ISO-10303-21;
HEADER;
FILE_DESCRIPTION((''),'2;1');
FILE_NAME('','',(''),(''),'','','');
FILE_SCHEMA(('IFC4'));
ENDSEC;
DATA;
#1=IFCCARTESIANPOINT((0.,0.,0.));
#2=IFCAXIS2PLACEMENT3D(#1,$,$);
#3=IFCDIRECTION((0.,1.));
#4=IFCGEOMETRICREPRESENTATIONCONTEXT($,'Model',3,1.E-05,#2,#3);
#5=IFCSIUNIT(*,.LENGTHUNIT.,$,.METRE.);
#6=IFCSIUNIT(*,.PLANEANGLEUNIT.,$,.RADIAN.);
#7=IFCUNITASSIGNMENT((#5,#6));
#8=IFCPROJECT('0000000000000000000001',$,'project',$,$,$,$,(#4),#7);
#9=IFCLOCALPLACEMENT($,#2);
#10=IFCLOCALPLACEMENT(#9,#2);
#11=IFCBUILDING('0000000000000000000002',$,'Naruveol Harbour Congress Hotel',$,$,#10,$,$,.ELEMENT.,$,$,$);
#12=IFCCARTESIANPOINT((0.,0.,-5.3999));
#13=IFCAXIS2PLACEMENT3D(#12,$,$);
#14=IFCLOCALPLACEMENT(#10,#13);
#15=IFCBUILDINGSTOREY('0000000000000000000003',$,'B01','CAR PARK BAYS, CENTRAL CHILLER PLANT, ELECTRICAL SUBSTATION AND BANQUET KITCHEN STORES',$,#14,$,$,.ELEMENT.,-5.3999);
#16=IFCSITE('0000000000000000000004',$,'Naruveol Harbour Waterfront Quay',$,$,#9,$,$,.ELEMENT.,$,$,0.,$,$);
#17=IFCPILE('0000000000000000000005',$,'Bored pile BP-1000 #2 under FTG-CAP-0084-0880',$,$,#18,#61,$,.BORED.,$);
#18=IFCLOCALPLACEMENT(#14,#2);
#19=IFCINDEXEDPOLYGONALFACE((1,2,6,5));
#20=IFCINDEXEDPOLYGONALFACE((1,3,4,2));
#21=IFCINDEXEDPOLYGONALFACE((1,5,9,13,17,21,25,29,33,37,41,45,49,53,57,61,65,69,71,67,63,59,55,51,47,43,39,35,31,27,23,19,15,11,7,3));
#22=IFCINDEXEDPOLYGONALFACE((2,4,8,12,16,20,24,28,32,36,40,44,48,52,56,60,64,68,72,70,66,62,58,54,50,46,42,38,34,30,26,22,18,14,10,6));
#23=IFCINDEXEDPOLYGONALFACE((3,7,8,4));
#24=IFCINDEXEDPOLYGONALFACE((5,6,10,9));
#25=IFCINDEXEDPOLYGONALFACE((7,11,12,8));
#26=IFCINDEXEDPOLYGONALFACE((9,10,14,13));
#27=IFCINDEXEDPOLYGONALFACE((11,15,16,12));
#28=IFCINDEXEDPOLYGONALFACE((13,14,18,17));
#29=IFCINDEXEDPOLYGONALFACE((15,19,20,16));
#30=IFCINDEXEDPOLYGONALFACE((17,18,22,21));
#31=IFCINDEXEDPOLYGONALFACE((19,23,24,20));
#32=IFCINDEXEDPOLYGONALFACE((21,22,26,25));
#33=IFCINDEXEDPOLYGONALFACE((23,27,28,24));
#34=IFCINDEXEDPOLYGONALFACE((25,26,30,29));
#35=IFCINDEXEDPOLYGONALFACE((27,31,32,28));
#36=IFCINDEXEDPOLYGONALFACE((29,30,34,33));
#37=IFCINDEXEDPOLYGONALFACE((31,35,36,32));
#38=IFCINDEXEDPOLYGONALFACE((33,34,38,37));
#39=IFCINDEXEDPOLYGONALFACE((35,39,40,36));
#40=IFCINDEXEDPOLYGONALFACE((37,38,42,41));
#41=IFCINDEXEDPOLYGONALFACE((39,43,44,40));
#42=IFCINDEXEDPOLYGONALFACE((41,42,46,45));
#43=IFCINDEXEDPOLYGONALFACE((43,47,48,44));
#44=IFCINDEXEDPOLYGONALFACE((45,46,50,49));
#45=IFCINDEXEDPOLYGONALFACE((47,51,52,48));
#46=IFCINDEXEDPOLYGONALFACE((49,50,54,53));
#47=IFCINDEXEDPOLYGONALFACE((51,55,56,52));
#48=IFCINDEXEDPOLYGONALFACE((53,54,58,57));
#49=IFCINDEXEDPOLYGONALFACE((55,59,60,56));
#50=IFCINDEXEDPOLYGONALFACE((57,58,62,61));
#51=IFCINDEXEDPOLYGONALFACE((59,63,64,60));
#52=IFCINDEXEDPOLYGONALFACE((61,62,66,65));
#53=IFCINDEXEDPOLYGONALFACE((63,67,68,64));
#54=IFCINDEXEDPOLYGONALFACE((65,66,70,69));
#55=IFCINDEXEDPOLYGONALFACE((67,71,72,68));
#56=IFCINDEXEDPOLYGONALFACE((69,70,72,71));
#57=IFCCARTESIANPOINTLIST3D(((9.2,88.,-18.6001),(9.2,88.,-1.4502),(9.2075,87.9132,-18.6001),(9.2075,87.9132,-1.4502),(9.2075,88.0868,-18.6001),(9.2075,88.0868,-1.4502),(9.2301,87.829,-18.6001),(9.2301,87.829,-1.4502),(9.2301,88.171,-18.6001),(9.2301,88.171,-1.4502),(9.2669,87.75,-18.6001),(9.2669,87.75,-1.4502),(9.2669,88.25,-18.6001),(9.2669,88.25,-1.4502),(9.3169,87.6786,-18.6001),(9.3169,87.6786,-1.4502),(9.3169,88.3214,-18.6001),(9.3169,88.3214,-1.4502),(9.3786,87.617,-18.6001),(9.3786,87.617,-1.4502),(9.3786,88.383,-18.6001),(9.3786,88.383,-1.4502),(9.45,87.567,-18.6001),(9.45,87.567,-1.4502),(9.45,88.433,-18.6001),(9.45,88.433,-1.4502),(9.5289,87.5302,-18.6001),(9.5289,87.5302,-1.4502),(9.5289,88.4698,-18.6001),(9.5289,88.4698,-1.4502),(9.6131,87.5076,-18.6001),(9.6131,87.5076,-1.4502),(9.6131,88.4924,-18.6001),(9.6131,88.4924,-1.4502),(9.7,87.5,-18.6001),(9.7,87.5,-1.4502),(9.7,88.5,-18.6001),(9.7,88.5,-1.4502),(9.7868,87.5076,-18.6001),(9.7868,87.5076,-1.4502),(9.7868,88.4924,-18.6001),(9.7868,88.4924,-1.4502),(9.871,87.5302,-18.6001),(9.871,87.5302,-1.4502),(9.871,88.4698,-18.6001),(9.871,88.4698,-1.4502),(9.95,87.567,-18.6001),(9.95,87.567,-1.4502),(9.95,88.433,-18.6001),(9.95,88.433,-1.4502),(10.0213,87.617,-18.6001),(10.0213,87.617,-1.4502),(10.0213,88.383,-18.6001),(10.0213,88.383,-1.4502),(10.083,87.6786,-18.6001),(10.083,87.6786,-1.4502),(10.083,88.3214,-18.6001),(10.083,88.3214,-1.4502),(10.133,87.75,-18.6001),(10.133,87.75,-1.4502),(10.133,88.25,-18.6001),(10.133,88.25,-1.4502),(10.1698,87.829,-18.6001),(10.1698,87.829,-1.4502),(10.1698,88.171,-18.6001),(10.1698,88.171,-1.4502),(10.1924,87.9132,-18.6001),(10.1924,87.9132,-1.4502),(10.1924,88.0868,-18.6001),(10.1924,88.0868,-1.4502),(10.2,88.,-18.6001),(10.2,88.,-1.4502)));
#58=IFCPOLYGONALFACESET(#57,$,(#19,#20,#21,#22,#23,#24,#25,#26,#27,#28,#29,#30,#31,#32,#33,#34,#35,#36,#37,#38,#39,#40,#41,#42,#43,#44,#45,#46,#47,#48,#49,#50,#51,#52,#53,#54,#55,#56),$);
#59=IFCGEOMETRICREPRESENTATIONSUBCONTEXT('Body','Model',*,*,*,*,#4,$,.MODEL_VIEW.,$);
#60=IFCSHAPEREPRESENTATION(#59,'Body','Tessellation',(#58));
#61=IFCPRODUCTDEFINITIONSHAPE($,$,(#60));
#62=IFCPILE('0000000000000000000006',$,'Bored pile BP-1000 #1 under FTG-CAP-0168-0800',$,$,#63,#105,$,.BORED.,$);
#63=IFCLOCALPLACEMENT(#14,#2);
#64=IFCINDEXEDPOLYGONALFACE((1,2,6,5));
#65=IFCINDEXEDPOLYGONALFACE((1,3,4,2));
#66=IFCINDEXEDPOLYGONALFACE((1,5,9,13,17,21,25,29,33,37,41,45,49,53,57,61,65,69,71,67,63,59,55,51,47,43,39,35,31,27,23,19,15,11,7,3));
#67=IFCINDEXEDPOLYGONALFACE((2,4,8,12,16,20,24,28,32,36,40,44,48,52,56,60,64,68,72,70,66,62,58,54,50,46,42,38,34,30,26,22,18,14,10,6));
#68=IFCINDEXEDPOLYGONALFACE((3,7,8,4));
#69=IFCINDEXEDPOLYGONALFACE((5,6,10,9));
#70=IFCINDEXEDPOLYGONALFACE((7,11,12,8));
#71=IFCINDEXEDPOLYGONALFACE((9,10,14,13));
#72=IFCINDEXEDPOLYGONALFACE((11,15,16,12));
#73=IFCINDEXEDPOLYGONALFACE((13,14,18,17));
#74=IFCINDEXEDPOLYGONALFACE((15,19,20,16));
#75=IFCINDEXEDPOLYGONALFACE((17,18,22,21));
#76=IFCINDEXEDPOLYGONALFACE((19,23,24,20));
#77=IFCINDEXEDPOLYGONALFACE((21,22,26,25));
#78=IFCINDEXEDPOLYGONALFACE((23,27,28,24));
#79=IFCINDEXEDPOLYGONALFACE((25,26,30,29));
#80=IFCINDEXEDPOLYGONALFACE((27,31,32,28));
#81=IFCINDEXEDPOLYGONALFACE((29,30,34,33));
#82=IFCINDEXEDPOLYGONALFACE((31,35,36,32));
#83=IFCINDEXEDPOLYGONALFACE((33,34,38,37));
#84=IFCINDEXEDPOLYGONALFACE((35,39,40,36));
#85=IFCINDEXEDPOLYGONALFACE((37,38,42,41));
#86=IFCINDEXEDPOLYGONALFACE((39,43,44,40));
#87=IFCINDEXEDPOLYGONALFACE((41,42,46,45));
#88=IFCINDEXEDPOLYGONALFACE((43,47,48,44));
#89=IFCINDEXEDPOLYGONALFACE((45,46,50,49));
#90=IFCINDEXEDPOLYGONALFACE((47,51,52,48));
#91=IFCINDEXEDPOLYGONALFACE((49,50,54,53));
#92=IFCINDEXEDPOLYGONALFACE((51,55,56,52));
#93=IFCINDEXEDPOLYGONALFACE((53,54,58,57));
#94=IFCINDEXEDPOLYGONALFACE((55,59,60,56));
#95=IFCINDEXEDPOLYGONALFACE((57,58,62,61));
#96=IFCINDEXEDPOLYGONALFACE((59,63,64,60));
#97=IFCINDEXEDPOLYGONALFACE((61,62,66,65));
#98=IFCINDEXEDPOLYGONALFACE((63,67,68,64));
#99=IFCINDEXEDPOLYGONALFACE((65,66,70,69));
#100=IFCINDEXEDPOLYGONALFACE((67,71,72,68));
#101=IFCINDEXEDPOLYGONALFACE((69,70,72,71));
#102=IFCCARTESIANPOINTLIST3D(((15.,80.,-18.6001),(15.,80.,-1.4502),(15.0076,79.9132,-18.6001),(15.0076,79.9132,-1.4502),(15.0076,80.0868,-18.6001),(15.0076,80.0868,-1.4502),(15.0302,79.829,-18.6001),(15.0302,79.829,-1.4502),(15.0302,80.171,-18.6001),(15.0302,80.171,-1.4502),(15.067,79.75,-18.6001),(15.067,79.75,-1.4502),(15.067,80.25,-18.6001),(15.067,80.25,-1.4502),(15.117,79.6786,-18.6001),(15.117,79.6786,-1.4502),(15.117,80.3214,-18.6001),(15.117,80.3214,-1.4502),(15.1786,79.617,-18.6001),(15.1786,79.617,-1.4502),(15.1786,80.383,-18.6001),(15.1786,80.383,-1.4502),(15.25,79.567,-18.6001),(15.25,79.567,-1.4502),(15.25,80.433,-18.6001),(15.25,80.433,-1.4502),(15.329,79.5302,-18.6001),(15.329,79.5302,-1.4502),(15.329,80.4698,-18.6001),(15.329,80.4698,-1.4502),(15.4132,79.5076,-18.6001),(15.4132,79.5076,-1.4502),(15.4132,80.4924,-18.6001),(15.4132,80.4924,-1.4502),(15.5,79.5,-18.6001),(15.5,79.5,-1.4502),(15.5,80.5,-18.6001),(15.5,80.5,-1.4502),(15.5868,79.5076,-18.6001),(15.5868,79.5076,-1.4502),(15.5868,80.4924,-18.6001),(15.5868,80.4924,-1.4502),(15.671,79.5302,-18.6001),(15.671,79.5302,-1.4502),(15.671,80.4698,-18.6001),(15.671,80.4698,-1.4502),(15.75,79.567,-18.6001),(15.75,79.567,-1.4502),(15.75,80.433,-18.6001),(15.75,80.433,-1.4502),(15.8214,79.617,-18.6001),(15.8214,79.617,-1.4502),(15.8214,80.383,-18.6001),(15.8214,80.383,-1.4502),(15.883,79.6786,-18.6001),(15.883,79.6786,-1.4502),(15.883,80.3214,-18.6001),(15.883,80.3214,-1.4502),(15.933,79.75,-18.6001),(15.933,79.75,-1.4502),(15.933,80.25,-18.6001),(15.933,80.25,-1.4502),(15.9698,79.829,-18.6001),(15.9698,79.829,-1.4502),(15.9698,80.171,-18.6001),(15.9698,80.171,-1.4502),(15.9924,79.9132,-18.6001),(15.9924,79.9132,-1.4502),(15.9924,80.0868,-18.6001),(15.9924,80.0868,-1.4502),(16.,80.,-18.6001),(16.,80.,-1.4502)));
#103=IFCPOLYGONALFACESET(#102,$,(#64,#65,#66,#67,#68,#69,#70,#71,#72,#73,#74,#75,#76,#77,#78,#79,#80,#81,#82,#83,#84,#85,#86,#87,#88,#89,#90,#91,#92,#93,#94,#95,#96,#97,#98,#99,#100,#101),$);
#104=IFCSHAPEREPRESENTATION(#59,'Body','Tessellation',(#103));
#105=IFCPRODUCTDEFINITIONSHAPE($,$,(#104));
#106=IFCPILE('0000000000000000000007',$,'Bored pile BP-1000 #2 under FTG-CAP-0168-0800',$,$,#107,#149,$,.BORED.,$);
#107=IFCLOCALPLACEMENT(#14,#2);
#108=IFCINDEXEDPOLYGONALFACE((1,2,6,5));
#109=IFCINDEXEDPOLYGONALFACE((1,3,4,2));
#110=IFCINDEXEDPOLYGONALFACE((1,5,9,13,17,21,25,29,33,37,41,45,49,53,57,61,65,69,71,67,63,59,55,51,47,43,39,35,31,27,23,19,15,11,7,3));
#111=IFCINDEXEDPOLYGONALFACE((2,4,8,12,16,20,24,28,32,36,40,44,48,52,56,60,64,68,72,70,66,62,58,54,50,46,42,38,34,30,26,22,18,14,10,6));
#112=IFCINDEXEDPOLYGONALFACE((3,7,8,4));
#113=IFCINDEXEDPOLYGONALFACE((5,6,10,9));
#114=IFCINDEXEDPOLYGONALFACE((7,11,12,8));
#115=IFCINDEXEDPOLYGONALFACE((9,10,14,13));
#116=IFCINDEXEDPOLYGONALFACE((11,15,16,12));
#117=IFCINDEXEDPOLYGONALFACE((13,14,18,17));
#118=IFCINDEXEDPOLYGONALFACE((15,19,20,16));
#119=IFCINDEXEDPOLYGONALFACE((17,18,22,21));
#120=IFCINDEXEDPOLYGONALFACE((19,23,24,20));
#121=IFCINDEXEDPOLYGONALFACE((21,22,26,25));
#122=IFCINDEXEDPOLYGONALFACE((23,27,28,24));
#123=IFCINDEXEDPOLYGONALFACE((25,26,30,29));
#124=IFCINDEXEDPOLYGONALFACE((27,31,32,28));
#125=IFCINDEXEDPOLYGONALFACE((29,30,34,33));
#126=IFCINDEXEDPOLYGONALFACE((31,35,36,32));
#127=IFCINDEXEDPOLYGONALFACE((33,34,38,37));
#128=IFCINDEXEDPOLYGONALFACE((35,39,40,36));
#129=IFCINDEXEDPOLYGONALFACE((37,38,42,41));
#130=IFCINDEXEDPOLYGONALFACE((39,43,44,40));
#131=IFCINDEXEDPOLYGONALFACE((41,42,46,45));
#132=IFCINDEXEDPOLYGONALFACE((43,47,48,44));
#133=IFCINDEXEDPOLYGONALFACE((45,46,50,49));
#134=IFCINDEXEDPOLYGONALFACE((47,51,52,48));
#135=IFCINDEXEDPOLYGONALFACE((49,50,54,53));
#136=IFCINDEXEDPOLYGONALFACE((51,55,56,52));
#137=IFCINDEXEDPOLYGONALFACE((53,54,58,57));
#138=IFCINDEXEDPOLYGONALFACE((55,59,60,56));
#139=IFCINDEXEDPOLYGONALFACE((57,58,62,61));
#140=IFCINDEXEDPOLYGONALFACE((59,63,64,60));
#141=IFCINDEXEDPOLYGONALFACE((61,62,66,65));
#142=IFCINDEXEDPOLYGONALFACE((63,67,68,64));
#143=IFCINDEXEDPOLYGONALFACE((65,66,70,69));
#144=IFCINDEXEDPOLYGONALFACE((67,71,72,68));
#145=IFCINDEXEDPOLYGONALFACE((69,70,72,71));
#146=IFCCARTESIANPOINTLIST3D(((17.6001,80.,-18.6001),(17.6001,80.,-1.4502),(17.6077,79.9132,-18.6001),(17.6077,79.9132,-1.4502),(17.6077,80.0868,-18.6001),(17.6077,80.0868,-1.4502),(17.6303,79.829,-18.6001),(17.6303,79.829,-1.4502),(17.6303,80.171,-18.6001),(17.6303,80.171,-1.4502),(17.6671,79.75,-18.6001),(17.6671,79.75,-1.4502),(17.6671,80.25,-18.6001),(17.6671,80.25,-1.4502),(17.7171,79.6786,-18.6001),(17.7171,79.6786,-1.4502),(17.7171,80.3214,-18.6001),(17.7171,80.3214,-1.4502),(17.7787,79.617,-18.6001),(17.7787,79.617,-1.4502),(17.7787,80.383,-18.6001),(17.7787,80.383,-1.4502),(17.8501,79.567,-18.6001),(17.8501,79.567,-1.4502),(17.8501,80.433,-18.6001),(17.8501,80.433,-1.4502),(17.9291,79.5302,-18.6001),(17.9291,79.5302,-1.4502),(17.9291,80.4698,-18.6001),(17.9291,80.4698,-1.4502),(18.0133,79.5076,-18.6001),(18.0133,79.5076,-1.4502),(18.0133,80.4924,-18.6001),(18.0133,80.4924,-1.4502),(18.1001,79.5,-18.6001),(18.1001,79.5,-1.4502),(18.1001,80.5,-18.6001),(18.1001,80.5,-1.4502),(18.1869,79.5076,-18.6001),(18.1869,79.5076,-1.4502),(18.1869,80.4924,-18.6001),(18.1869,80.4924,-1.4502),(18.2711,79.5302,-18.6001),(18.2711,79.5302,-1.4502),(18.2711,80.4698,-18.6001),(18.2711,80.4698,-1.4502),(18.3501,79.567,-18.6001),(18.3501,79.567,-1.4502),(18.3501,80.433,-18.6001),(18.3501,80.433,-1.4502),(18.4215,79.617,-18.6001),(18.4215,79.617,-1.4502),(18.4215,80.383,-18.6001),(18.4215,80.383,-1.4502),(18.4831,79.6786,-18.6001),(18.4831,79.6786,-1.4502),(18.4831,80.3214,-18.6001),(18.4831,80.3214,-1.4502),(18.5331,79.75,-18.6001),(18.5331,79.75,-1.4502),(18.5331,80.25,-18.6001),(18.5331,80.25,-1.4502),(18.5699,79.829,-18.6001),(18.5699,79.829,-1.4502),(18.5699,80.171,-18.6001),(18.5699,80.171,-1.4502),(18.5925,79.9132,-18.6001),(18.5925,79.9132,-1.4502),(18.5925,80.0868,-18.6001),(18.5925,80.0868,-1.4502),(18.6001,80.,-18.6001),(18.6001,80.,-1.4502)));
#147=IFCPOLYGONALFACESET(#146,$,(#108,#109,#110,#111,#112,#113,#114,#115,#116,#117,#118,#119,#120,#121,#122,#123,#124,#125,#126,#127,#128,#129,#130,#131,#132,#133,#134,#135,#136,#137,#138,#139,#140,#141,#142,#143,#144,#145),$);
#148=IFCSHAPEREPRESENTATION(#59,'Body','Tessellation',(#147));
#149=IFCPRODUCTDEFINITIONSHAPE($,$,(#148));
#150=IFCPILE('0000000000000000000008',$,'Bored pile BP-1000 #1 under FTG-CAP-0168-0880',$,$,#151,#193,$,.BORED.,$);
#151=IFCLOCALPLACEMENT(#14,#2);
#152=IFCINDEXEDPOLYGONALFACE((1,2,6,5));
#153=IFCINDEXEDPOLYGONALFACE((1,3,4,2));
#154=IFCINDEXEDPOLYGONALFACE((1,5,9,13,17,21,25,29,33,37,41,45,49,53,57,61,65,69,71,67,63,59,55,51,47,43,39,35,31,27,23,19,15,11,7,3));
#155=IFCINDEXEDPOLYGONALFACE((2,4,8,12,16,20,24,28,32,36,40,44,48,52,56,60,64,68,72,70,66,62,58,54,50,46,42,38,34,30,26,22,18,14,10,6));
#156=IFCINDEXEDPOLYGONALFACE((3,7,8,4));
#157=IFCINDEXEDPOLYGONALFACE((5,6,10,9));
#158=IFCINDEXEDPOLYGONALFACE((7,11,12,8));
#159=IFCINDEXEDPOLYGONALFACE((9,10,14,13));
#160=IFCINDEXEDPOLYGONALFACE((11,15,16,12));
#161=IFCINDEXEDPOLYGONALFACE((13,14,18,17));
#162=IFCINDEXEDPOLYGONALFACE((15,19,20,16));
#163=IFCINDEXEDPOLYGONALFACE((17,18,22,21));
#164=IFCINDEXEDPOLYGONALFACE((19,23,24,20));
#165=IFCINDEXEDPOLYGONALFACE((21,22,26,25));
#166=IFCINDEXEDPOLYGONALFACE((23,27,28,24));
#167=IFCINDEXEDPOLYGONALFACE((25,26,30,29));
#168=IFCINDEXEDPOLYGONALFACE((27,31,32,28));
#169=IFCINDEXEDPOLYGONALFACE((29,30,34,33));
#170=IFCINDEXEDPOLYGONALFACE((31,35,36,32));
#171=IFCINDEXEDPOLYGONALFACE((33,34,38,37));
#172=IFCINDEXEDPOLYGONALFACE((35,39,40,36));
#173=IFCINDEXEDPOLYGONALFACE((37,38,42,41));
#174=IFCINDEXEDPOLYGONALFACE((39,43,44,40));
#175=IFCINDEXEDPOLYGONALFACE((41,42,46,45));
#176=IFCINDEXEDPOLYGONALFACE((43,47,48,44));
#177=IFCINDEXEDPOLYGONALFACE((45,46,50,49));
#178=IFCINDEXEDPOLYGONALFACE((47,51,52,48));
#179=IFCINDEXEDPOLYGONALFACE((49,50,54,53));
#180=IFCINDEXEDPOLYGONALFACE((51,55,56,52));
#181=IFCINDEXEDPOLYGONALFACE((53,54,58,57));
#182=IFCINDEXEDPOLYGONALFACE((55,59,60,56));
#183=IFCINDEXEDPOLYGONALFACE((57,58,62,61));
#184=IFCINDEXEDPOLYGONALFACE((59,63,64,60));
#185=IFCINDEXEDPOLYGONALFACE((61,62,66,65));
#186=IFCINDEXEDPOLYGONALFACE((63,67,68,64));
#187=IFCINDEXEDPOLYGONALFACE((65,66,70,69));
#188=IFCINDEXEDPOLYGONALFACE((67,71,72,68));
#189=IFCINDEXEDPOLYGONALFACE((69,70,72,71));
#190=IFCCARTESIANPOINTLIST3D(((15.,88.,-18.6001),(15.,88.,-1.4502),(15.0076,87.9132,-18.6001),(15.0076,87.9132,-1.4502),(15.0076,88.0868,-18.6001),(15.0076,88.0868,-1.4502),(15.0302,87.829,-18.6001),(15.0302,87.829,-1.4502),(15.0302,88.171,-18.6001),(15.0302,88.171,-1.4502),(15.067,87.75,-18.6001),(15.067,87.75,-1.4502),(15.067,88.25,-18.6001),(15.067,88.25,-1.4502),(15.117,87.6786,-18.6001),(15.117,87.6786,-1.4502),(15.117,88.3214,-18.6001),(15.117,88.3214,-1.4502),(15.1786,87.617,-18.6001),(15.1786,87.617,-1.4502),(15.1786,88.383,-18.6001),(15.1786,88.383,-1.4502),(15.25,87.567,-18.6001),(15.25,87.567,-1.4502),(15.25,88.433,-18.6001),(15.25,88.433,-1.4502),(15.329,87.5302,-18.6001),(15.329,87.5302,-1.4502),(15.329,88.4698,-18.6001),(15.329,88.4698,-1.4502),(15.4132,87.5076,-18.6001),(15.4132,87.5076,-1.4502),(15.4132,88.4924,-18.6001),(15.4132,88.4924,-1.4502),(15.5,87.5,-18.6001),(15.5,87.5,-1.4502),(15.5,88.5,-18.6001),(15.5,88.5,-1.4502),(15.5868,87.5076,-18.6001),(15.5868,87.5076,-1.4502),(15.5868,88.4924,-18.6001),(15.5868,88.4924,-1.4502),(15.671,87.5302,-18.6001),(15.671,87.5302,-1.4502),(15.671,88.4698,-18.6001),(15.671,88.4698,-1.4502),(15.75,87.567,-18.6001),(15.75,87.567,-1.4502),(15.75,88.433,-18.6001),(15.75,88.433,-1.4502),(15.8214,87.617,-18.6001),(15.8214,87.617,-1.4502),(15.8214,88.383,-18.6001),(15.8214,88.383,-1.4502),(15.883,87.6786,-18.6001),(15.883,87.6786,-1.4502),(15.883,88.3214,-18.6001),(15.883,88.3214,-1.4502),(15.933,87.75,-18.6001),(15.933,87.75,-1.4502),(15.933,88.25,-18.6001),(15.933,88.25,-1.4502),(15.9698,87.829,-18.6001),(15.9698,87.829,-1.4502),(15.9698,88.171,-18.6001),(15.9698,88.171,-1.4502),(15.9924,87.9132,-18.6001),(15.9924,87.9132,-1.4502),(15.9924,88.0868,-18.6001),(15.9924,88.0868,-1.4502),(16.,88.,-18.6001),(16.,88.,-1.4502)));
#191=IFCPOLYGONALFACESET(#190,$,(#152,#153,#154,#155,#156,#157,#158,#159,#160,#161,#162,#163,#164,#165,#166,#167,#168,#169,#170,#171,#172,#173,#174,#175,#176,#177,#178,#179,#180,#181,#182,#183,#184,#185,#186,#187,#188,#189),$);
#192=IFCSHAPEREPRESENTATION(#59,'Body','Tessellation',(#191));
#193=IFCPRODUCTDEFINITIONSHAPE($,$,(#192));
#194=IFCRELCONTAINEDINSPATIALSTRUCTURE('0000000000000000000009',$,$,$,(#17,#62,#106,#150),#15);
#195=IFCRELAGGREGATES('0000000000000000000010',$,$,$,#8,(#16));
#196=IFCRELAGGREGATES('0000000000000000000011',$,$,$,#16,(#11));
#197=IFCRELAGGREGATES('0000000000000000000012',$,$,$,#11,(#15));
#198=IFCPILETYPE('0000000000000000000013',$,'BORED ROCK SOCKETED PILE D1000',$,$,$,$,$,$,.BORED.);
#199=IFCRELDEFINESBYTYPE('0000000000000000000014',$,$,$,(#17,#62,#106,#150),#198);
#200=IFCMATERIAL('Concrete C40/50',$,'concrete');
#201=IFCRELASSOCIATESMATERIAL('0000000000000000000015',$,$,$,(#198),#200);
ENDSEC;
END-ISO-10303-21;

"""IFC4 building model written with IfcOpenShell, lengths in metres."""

from ifc_helpers import new_model, si_unit, direction, frame, origin, origin_2d, place, context, subcontext, project, spatial, circle, extrude, material, material_profile, profile_set, type_object, element, save


model = new_model("IFC4")

# Units and contexts
model_context = context("Model", 3, precision=1e-05, world=origin(), true_north=direction((0.0, 1.0)))
body_context = subcontext(model_context, "Body", "Model", "MODEL_VIEW")
ifc_project = project(units=[si_unit("LENGTHUNIT", "METRE"), si_unit("PLANEANGLEUNIT", "RADIAN")], contexts=[model_context])

# Site, building, storey
site_placement = place(None, origin())
site = spatial("IfcSite", under=ifc_project, at=site_placement, Name="Naruveol Harbour Waterfront Quay", CompositionType="ELEMENT", RefElevation=0.0)
building_placement = place(site_placement, origin())
building = spatial("IfcBuilding", under=site, at=building_placement, Name="Naruveol Harbour Congress Hotel", CompositionType="ELEMENT")
storey_placement = place(building_placement, frame((0.0, 0.0, -5.3999)))
storey = spatial("IfcBuildingStorey", under=building, at=storey_placement, Name="B01", Description="CAR PARK BAYS, CENTRAL CHILLER PLANT, ELECTRICAL SUBSTATION AND BANQUET KITCHEN STORES", CompositionType="ELEMENT", Elevation=-5.3999)

# Piles
ifc_material_1 = material(Name="Concrete C40/50", Category="concrete")
ifc_material_profile_1 = material_profile(ifc_material_1, circle(Radius=0.5, at=origin_2d()), Name="BP-1000")
ifc_profile_set_1 = profile_set([ifc_material_profile_1], Name="Concrete C40/50")
pile_type = type_object("IfcPileType", Name="BORED ROCK SOCKETED PILE D1000", PredefinedType="BORED", material=ifc_profile_set_1)
for number, where, z_axis, x_axis, name in (
    (1, (9.7, 88.0, -1.4502), (0.0, 0.0, -1.0), (1.0, 0.0, 0.0), "Bored pile BP-1000 #2 under FTG-CAP-0084-0880"),
    (2, (15.5, 80.0, -1.4502), (0.0, 0.0, -1.0), (1.0, 0.0, 0.0), "Bored pile BP-1000 #1 under FTG-CAP-0168-0800"),
    (3, (18.1001, 80.0, -1.4502), (0.0, 0.0, -1.0), (1.0, 0.0, 0.0), "Bored pile BP-1000 #2 under FTG-CAP-0168-0800"),
    (4, (15.5, 88.0, -1.4502), (0.0, 0.0, -1.0), (1.0, 0.0, 0.0), "Bored pile BP-1000 #1 under FTG-CAP-0168-0880"),
):
    element("IfcPile", number, at=place(storey_placement, frame(where, z_axis=z_axis, x_axis=x_axis)), inside=storey, type_object=pile_type, Name=name, PredefinedType="BORED", context=body_context, shape_type="SweptSolid", body=[
        extrude(circle(Radius=0.5, at=origin_2d()), origin(), (0.0, 0.0, 1.0), 17.1499),
    ])

save(model, "model.ifc")
